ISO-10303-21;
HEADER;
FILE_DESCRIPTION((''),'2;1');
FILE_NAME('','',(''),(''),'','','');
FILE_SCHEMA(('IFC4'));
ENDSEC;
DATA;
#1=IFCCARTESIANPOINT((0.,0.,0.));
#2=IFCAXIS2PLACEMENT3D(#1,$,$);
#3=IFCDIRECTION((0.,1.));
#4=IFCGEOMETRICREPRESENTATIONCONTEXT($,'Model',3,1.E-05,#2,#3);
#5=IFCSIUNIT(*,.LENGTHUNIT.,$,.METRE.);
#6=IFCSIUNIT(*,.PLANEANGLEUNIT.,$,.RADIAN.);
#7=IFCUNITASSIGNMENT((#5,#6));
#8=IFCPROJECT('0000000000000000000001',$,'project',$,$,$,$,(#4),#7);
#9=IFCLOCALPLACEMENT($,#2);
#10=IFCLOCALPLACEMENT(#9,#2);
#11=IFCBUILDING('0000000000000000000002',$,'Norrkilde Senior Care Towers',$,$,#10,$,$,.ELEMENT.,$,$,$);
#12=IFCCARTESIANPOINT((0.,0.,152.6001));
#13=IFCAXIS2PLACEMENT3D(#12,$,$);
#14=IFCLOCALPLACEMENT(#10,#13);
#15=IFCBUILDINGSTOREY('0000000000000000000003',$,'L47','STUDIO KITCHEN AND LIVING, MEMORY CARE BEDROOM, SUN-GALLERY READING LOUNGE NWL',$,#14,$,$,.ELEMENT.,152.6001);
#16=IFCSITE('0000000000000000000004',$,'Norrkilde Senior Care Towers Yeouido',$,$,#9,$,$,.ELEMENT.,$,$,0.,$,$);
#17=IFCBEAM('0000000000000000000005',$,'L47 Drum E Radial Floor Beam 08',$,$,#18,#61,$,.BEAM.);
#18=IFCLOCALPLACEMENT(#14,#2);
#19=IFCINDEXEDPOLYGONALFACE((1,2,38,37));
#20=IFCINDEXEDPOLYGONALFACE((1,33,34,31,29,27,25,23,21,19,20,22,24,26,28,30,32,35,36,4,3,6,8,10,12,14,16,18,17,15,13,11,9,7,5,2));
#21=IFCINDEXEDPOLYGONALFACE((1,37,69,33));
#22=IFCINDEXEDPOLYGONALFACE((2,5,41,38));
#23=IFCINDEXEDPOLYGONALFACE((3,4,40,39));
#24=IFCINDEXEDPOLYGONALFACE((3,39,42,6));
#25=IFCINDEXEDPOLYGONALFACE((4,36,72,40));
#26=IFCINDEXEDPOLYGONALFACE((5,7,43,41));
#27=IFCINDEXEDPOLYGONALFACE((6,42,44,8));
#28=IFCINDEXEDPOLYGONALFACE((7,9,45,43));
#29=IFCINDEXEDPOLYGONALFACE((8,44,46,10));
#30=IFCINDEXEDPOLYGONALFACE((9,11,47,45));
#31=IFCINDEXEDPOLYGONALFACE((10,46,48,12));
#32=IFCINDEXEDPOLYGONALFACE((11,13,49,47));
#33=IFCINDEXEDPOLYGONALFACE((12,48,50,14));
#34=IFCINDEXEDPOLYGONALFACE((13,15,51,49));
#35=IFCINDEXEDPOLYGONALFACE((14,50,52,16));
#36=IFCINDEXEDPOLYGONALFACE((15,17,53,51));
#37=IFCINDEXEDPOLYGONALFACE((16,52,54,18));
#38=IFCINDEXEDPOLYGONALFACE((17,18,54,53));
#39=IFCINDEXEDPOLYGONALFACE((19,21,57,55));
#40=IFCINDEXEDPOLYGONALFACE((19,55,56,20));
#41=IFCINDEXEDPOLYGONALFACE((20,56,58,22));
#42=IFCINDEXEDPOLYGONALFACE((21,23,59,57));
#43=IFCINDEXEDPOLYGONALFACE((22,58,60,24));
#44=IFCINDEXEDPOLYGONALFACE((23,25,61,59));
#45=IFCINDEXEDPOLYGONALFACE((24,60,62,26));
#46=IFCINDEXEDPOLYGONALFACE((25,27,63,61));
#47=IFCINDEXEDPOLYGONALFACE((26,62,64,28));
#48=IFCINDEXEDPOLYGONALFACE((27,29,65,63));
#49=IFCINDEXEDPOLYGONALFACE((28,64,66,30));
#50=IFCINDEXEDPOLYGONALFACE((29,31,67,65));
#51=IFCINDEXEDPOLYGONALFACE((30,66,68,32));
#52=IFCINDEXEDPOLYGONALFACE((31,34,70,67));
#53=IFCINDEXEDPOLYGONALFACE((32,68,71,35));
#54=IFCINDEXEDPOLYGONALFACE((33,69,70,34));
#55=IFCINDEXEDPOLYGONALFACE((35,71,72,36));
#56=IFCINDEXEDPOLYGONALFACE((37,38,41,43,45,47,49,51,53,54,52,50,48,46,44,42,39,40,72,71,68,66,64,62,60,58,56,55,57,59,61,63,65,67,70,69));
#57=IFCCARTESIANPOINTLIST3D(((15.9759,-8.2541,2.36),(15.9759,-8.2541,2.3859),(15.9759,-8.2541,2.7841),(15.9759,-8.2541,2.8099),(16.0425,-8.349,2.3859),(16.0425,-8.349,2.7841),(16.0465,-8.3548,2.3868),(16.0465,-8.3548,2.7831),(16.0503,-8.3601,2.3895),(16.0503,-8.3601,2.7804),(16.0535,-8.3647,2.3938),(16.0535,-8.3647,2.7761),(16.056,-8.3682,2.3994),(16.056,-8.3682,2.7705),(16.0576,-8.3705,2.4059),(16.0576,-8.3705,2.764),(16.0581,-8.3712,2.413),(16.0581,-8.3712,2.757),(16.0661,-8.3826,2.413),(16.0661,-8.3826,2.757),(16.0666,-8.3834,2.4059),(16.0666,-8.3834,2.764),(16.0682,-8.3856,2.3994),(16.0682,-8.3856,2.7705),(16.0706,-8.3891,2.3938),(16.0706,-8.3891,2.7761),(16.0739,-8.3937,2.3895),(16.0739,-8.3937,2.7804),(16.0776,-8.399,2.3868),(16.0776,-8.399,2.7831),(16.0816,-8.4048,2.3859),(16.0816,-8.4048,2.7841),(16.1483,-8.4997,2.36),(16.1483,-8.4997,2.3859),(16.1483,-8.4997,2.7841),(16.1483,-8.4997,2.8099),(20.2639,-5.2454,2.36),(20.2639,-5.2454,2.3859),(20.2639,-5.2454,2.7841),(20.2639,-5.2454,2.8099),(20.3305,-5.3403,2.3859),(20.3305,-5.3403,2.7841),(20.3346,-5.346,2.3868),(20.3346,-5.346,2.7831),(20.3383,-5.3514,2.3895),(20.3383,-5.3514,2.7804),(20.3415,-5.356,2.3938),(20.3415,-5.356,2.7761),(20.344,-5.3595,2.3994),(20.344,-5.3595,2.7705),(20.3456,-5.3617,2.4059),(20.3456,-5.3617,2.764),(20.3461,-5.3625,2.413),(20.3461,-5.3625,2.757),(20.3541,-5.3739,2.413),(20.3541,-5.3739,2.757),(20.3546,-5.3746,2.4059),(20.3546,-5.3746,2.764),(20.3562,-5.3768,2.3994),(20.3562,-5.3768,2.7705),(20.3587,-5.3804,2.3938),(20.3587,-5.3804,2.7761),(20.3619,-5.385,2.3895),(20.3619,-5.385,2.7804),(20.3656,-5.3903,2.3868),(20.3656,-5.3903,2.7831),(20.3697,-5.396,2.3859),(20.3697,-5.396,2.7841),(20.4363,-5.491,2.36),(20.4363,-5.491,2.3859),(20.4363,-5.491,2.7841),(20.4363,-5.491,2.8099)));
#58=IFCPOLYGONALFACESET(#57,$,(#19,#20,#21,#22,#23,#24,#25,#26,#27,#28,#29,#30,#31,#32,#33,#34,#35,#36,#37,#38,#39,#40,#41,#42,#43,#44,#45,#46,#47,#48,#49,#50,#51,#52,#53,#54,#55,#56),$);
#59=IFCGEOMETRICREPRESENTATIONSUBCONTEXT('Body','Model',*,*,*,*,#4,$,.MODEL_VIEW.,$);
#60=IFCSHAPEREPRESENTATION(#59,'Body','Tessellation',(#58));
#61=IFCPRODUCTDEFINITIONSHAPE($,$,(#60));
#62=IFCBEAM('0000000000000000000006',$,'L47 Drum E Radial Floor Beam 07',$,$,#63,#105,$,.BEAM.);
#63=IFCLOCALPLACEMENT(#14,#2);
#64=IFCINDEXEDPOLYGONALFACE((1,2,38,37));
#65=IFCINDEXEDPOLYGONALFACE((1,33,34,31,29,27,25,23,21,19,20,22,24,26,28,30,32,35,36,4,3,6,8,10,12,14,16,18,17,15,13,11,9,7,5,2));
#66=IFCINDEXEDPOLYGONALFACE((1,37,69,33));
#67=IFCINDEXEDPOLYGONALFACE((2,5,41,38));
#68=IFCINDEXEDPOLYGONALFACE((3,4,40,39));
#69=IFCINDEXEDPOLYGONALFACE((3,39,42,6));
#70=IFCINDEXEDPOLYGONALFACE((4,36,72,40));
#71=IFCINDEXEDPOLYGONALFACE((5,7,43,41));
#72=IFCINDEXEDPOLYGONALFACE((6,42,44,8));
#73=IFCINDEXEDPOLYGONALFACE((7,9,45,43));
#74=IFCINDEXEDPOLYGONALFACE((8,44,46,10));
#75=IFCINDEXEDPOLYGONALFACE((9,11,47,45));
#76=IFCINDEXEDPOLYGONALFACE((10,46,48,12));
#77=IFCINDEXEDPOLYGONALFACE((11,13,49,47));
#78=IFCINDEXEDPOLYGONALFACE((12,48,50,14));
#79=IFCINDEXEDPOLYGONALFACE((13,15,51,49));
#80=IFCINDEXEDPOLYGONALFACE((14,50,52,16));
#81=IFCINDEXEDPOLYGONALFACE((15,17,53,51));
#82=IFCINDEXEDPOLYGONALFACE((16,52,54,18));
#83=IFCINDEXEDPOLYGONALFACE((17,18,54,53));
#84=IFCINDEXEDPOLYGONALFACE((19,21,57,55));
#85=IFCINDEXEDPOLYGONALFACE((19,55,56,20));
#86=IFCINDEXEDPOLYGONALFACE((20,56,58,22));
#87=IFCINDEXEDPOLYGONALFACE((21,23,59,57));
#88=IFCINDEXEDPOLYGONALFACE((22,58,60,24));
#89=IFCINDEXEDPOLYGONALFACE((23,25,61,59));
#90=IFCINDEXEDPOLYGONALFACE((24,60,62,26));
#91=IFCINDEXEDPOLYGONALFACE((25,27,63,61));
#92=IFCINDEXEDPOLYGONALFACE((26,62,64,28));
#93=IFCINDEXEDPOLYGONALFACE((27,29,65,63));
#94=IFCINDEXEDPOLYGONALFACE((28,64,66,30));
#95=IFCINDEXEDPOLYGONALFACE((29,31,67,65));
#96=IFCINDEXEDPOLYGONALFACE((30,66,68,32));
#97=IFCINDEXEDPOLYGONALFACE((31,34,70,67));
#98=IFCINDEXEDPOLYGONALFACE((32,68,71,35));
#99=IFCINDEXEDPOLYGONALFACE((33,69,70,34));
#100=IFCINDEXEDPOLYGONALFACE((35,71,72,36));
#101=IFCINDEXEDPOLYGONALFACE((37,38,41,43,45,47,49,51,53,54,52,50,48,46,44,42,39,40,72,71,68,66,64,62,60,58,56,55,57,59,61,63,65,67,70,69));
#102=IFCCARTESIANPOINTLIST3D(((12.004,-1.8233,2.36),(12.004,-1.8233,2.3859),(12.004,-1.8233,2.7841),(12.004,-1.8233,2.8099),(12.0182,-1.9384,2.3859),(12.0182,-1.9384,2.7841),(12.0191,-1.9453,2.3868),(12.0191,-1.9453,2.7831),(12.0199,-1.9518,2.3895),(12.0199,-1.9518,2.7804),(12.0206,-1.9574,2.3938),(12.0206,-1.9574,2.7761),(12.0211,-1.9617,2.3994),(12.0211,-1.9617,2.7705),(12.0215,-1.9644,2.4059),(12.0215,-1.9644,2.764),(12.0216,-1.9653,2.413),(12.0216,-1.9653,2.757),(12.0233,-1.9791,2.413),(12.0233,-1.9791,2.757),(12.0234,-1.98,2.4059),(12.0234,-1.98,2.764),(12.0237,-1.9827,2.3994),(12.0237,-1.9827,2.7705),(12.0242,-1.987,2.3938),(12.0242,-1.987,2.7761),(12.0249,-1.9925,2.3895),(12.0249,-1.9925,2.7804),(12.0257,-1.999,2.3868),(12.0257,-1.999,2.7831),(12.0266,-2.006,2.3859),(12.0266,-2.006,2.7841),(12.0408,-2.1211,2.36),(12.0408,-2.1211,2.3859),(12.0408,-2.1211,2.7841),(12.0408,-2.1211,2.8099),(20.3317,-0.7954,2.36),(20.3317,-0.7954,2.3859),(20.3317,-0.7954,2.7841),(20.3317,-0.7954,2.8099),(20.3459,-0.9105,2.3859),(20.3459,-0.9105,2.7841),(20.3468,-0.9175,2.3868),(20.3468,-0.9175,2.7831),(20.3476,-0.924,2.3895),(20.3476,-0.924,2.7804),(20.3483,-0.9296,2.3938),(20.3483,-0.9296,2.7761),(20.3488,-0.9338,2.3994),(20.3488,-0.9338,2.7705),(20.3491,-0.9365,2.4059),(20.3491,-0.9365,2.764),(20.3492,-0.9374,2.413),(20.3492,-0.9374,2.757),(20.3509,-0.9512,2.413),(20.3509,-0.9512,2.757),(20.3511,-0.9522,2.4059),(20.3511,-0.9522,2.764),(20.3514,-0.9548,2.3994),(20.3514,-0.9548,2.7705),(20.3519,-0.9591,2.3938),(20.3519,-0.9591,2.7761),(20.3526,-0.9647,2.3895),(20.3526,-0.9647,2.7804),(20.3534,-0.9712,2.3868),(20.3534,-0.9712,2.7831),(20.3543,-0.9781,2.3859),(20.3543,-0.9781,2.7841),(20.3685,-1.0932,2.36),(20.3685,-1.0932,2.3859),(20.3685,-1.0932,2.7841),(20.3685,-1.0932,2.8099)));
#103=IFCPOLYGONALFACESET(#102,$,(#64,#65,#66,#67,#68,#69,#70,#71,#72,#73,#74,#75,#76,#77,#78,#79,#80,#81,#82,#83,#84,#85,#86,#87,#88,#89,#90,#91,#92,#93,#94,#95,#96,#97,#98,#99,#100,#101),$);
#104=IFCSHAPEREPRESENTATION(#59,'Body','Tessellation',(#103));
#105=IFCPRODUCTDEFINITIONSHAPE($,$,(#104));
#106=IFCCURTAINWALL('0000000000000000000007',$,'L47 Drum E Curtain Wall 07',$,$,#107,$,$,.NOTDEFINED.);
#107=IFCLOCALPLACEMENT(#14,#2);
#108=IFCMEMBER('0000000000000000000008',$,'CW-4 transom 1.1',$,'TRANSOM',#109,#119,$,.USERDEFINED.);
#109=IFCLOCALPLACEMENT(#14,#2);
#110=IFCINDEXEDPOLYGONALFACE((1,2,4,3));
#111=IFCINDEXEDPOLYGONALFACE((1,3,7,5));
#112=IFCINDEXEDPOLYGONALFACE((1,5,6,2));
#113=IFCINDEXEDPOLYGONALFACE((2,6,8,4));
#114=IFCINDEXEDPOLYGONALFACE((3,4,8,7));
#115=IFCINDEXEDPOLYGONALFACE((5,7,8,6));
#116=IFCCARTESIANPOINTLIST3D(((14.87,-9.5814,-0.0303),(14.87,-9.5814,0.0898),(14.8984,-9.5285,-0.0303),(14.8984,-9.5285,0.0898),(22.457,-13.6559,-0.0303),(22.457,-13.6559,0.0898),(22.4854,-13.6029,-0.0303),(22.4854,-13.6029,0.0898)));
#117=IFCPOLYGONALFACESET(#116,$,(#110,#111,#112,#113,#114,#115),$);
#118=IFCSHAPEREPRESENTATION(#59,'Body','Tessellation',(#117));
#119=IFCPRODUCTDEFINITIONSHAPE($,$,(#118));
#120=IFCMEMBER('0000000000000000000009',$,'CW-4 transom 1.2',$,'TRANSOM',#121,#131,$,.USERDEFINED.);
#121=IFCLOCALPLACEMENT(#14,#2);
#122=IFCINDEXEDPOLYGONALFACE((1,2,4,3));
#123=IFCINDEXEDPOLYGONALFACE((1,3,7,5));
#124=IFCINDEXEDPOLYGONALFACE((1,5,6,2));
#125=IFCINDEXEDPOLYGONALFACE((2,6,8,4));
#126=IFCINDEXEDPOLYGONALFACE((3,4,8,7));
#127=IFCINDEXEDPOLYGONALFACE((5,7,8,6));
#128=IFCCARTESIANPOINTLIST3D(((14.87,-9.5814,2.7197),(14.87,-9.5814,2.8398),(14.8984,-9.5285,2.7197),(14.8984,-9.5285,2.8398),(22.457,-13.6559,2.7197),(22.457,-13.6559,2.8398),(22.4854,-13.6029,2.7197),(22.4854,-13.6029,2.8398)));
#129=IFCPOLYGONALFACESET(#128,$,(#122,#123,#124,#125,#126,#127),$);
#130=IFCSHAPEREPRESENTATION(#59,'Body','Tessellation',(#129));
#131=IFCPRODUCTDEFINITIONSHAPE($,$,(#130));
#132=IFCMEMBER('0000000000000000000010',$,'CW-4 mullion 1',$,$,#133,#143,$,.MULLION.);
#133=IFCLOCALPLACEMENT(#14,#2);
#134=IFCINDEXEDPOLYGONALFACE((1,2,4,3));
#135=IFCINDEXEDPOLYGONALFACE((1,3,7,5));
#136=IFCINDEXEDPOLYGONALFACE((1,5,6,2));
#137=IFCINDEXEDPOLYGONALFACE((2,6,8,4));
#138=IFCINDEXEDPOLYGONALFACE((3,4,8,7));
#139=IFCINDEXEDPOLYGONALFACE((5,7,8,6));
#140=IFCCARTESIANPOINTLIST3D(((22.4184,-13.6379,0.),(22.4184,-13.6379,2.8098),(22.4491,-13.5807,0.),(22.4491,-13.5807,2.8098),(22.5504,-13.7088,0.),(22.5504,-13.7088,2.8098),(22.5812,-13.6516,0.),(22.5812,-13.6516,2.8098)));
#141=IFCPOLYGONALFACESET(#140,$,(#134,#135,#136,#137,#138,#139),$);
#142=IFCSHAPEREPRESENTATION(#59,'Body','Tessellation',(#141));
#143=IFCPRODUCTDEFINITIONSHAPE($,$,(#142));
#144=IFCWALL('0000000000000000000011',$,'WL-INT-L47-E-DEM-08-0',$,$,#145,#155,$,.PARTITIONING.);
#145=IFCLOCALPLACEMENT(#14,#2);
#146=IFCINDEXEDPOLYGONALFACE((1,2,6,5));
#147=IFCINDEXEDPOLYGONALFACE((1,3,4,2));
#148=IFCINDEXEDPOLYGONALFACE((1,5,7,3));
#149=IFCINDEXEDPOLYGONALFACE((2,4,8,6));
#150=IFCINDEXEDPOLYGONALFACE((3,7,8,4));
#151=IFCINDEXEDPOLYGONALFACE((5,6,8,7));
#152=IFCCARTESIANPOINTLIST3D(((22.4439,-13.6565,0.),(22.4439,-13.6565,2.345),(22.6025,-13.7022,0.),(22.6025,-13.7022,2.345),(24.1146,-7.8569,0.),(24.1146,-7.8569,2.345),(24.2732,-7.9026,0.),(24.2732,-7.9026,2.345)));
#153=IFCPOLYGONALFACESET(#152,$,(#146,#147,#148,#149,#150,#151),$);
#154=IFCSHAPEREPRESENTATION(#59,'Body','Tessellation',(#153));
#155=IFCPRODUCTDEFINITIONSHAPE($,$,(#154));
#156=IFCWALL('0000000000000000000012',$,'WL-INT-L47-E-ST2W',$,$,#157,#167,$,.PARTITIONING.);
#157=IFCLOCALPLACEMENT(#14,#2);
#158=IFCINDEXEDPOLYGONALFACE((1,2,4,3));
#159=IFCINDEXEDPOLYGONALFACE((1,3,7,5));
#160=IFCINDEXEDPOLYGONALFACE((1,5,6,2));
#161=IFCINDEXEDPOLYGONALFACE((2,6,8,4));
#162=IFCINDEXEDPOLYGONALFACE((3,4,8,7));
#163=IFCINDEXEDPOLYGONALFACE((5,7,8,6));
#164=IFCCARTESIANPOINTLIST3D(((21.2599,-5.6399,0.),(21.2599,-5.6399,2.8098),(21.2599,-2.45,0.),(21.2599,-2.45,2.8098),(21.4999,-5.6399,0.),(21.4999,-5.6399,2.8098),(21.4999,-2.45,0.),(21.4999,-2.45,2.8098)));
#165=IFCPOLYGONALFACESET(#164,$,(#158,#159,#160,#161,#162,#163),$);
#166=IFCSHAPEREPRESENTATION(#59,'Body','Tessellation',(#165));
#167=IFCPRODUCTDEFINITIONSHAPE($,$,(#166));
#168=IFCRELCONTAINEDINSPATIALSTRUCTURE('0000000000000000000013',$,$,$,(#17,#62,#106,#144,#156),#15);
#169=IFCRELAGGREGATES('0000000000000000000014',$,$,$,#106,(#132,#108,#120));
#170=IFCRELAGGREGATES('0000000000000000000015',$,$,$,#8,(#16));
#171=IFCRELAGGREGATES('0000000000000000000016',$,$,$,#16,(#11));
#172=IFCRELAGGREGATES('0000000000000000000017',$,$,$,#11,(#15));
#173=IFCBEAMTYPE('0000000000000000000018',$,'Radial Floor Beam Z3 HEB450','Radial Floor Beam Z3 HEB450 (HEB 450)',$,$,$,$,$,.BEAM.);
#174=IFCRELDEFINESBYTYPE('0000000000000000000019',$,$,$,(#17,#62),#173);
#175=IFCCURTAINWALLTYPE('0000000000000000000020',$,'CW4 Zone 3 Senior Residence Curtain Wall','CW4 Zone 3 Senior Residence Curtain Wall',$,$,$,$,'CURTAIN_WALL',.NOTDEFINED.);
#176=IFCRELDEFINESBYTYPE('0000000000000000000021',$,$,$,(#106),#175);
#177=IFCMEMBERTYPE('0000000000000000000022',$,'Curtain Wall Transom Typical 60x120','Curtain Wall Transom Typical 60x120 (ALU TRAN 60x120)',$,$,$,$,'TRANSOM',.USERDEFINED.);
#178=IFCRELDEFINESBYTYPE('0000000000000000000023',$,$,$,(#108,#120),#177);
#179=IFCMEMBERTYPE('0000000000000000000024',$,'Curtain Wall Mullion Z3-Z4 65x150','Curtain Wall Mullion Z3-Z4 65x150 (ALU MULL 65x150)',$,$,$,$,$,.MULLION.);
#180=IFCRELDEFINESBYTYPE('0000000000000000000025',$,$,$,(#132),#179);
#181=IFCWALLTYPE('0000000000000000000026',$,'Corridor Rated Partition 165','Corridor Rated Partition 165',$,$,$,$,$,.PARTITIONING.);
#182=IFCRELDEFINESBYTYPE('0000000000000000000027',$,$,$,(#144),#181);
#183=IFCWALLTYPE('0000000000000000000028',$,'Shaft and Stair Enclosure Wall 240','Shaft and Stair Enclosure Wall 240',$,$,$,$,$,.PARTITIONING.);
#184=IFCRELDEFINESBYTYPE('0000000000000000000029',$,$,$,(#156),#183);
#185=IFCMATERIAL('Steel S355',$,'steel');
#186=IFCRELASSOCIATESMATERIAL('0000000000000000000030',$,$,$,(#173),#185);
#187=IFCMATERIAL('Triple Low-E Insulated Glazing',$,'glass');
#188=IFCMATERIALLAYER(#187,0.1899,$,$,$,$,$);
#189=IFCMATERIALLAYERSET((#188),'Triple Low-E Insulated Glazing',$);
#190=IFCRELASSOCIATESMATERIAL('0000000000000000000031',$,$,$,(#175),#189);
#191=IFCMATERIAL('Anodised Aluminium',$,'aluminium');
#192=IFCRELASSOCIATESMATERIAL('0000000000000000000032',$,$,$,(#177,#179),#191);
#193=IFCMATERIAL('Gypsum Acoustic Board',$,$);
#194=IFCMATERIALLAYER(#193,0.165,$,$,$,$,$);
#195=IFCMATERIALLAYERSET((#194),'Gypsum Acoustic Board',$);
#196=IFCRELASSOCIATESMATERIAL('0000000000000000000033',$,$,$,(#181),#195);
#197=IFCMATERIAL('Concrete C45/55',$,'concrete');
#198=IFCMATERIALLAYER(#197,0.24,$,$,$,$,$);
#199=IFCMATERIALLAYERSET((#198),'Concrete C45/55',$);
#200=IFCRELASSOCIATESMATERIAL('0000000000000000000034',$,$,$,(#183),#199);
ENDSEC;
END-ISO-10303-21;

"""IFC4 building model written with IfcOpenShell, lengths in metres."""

from ifc_helpers import new_model, si_unit, direction, frame, frame_2d, origin, origin_2d, place, context, subcontext, project, spatial, rectangle, i_section, extrude, source, transform, mapped, material, layer, layer_set, material_profile, profile_set, type_object, type_shapes, element, aggregate, save


model = new_model("IFC4")

# Units and contexts
model_context = context("Model", 3, precision=1e-05, world=origin(), true_north=direction((0.0, 1.0)))
body_context = subcontext(model_context, "Body", "Model", "MODEL_VIEW")
ifc_project = project(units=[si_unit("LENGTHUNIT", "METRE"), si_unit("PLANEANGLEUNIT", "RADIAN")], contexts=[model_context])

# Site, building, storey
site_placement = place(None, origin())
site = spatial("IfcSite", under=ifc_project, at=site_placement, Name="Norrkilde Senior Care Towers Yeouido", CompositionType="ELEMENT", RefElevation=0.0)
building_placement = place(site_placement, origin())
building = spatial("IfcBuilding", under=site, at=building_placement, Name="Norrkilde Senior Care Towers", CompositionType="ELEMENT")
storey_placement = place(building_placement, frame((0.0, 0.0, 152.6001)))
storey = spatial("IfcBuildingStorey", under=building, at=storey_placement, Name="L47", Description="STUDIO KITCHEN AND LIVING, MEMORY CARE BEDROOM, SUN-GALLERY READING LOUNGE NWL", CompositionType="ELEMENT", Elevation=152.6001)

# Beams
ifc_material_1 = material(Name="Steel S355", Category="steel")
ifc_material_profile_1 = material_profile(ifc_material_1, i_section(OverallWidth=0.3, OverallDepth=0.45, WebThickness=0.0139, FlangeThickness=0.0259, FilletRadius=0.0271, at=origin_2d()), Name="HEB 450")
ifc_profile_set_1 = profile_set([ifc_material_profile_1], Name="Steel S355")
beam_type_1 = type_object("IfcBeamType", Name="Radial Floor Beam Z3 HEB450", Description="Radial Floor Beam Z3 HEB450 (HEB 450)", PredefinedType="BEAM", material=ifc_profile_set_1)
shared_shape_1 = source(origin(), body_context, "Body", "SweptSolid", [
    extrude(i_section(OverallWidth=0.3, OverallDepth=0.45, WebThickness=0.0139, FlangeThickness=0.0259, FilletRadius=0.0271, at=origin_2d()), origin(), (0.0, 0.0, 1.0), 5.2383),
])
beam_1_placement = place(storey_placement, frame((20.3501, -5.3682, 2.585), z_axis=(-0.818592, -0.574375, 0.0), x_axis=(0.574375, -0.818592, 0.0)))
element("IfcBeam", 1, at=beam_1_placement, inside=storey, type_object=beam_type_1, Name="L47 Drum E Radial Floor Beam 08", PredefinedType="BEAM", context=body_context, shape_type="MappedRepresentation", body=[
    mapped(shared_shape_1, transform((0.0, 0.0, 0.0), x_axis=(1.0, 0.0, 0.0), y_axis=(0.0, 1.0, 0.0), z_axis=(0.0, 0.0, 1.0), scale=1.0)),
])
shared_shape_2 = source(origin(), body_context, "Body", "SweptSolid", [
    extrude(i_section(OverallWidth=0.3, OverallDepth=0.45, WebThickness=0.0139, FlangeThickness=0.0259, FilletRadius=0.0271, at=origin_2d()), origin(), (0.0, 0.0, 1.0), 8.3909),
])
beam_2_placement = place(storey_placement, frame((20.3501, -0.9443, 2.585), z_axis=(-0.992469, -0.122495, 0.0), x_axis=(0.122495, -0.992469, 0.0)))
element("IfcBeam", 2, at=beam_2_placement, inside=storey, type_object=beam_type_1, Name="L47 Drum E Radial Floor Beam 07", PredefinedType="BEAM", context=body_context, shape_type="MappedRepresentation", body=[
    mapped(shared_shape_2, transform((0.0, 0.0, 0.0), x_axis=(1.0, 0.0, 0.0), y_axis=(0.0, 1.0, 0.0), z_axis=(0.0, 0.0, 1.0), scale=1.0)),
])

# Curtain wall, members
ifc_material_2 = material(Name="Triple Low-E Insulated Glazing", Category="glass")
ifc_layer_1 = layer(ifc_material_2, 0.1899)
ifc_layer_set_1 = layer_set([ifc_layer_1], Name="Triple Low-E Insulated Glazing")
curtain_wall_type = type_object("IfcCurtainWallType", Name="CW4 Zone 3 Senior Residence Curtain Wall", Description="CW4 Zone 3 Senior Residence Curtain Wall", ElementType="CURTAIN_WALL", PredefinedType="NOTDEFINED", material=ifc_layer_set_1)
curtain_wall_placement = place(storey_placement, origin())
curtain_wall = element("IfcCurtainWall", 3, at=curtain_wall_placement, inside=storey, type_object=curtain_wall_type, Name="L47 Drum E Curtain Wall 07", PredefinedType="NOTDEFINED")
ifc_material_3 = material(Name="Anodised Aluminium", Category="aluminium")
ifc_material_profile_2 = material_profile(ifc_material_3, rectangle(XDim=0.0601, YDim=0.1201, at=origin_2d()), Name="ALU TRAN 60x120")
ifc_profile_set_2 = profile_set([ifc_material_profile_2], Name="Anodised Aluminium")
member_type_1 = type_object("IfcMemberType", Name="Curtain Wall Transom Typical 60x120", Description="Curtain Wall Transom Typical 60x120 (ALU TRAN 60x120)", ElementType="TRANSOM", PredefinedType="USERDEFINED", material=ifc_profile_set_2)
shared_shape_3 = source(origin(), body_context, "Body", "SweptSolid", [
    extrude(rectangle(XDim=0.0601, YDim=0.1201, at=origin_2d()), origin(), (0.0, 0.0, 1.0), 8.6118),
])
type_shapes(member_type_1, [shared_shape_3])
member_1_placement = place(storey_placement, frame((22.4712, -13.6294, 0.0298), z_axis=(-0.880994, 0.473127, 0.0), x_axis=(-0.473127, -0.880994, 0.0)))
member_1 = element("IfcMember", 4, at=member_1_placement, type_object=member_type_1, Name="CW-4 transom 1.1", ObjectType="TRANSOM", PredefinedType="USERDEFINED", context=body_context, shape_type="MappedRepresentation", body=[
    mapped(shared_shape_3, transform((0.0, 0.0, 0.0), x_axis=(1.0, 0.0, 0.0), y_axis=(0.0, 1.0, 0.0), z_axis=(0.0, 0.0, 1.0), scale=1.0)),
])
member_2_placement = place(storey_placement, frame((22.4712, -13.6294, 2.7798), z_axis=(-0.880994, 0.473127, 0.0), x_axis=(-0.473127, -0.880994, 0.0)))
member_2 = element("IfcMember", 5, at=member_2_placement, type_object=member_type_1, Name="CW-4 transom 1.2", ObjectType="TRANSOM", PredefinedType="USERDEFINED", context=body_context, shape_type="MappedRepresentation", body=[
    mapped(shared_shape_3, transform((0.0, 0.0, 0.0), x_axis=(1.0, 0.0, 0.0), y_axis=(0.0, 1.0, 0.0), z_axis=(0.0, 0.0, 1.0), scale=1.0)),
])
ifc_material_profile_3 = material_profile(ifc_material_3, rectangle(XDim=0.0649, YDim=0.1499, at=origin_2d()), Name="ALU MULL 65x150")
ifc_profile_set_3 = profile_set([ifc_material_profile_3], Name="Anodised Aluminium")
member_type_2 = type_object("IfcMemberType", Name="Curtain Wall Mullion Z3-Z4 65x150", Description="Curtain Wall Mullion Z3-Z4 65x150 (ALU MULL 65x150)", PredefinedType="MULLION", material=ifc_profile_set_3)
shared_shape_4 = source(origin(), body_context, "Body", "SweptSolid", [
    extrude(rectangle(XDim=0.0649, YDim=0.1499, at=origin_2d()), origin(), (0.0, 0.0, 1.0), 2.8098),
])
type_shapes(member_type_2, [shared_shape_4])
member_3_placement = place(storey_placement, frame((22.4998, -13.6448, 0.0), z_axis=(0.0, 0.0, 1.0), x_axis=(-0.473117, -0.881, 0.0)))
member_3 = element("IfcMember", 6, at=member_3_placement, type_object=member_type_2, Name="CW-4 mullion 1", PredefinedType="MULLION", context=body_context, shape_type="MappedRepresentation", body=[
    mapped(shared_shape_4, transform((0.0, 0.0, 0.0), x_axis=(1.0, 0.0, 0.0), y_axis=(0.0, 1.0, 0.0), z_axis=(0.0, 0.0, 1.0), scale=1.0)),
])
aggregate(curtain_wall, [member_3, member_1, member_2])

# Wall
ifc_material_4 = material(Name="Gypsum Acoustic Board")
ifc_layer_2 = layer(ifc_material_4, 0.165)
ifc_layer_set_2 = layer_set([ifc_layer_2], Name="Gypsum Acoustic Board")
wall_type_1 = type_object("IfcWallType", Name="Corridor Rated Partition 165", Description="Corridor Rated Partition 165", PredefinedType="PARTITIONING", material=ifc_layer_set_2)
shared_shape_5 = source(origin(), body_context, "Body", "SweptSolid", [
    extrude(rectangle(XDim=6.0354, YDim=0.165, at=frame_2d((3.0176, 0.0))), origin(), (0.0, 0.0, 1.0), 2.345),
])
wall_1_placement = place(storey_placement, frame((24.1938, -7.8799, 0.0), z_axis=(0.0, 0.0, 1.0), x_axis=(-0.276809, -0.960925, 0.0)))
element("IfcWall", 7, at=wall_1_placement, inside=storey, type_object=wall_type_1, Name="WL-INT-L47-E-DEM-08-0", PredefinedType="PARTITIONING", context=body_context, shape_type="MappedRepresentation", body=[
    mapped(shared_shape_5, transform((0.0, 0.0, 0.0), x_axis=(1.0, 0.0, 0.0), y_axis=(0.0, 1.0, 0.0), z_axis=(0.0, 0.0, 1.0), scale=1.0)),
])

# Shared definitions
ifc_material_5 = material(Name="Concrete C45/55", Category="concrete")
ifc_layer_3 = layer(ifc_material_5, 0.24)
ifc_layer_set_3 = layer_set([ifc_layer_3], Name="Concrete C45/55")
wall_type_2 = type_object("IfcWallType", Name="Shaft and Stair Enclosure Wall 240", Description="Shaft and Stair Enclosure Wall 240", PredefinedType="PARTITIONING", material=ifc_layer_set_3)

# Wall
shared_shape_6 = source(origin(), body_context, "Body", "SweptSolid", [
    extrude(rectangle(XDim=3.1899, YDim=0.24, at=frame_2d((1.595, 0.0))), origin(), (0.0, 0.0, 1.0), 2.8098),
])
wall_2_placement = place(storey_placement, frame((21.3799, -5.6399, 0.0), z_axis=(0.0, 0.0, 1.0), x_axis=(0.0, 1.0, 0.0)))
element("IfcWall", 8, at=wall_2_placement, inside=storey, type_object=wall_type_2, Name="WL-INT-L47-E-ST2W", PredefinedType="PARTITIONING", context=body_context, shape_type="MappedRepresentation", body=[
    mapped(shared_shape_6, transform((0.0, 0.0, 0.0), x_axis=(1.0, 0.0, 0.0), y_axis=(0.0, 1.0, 0.0), z_axis=(0.0, 0.0, 1.0), scale=1.0)),
])

save(model, "model.ifc")
